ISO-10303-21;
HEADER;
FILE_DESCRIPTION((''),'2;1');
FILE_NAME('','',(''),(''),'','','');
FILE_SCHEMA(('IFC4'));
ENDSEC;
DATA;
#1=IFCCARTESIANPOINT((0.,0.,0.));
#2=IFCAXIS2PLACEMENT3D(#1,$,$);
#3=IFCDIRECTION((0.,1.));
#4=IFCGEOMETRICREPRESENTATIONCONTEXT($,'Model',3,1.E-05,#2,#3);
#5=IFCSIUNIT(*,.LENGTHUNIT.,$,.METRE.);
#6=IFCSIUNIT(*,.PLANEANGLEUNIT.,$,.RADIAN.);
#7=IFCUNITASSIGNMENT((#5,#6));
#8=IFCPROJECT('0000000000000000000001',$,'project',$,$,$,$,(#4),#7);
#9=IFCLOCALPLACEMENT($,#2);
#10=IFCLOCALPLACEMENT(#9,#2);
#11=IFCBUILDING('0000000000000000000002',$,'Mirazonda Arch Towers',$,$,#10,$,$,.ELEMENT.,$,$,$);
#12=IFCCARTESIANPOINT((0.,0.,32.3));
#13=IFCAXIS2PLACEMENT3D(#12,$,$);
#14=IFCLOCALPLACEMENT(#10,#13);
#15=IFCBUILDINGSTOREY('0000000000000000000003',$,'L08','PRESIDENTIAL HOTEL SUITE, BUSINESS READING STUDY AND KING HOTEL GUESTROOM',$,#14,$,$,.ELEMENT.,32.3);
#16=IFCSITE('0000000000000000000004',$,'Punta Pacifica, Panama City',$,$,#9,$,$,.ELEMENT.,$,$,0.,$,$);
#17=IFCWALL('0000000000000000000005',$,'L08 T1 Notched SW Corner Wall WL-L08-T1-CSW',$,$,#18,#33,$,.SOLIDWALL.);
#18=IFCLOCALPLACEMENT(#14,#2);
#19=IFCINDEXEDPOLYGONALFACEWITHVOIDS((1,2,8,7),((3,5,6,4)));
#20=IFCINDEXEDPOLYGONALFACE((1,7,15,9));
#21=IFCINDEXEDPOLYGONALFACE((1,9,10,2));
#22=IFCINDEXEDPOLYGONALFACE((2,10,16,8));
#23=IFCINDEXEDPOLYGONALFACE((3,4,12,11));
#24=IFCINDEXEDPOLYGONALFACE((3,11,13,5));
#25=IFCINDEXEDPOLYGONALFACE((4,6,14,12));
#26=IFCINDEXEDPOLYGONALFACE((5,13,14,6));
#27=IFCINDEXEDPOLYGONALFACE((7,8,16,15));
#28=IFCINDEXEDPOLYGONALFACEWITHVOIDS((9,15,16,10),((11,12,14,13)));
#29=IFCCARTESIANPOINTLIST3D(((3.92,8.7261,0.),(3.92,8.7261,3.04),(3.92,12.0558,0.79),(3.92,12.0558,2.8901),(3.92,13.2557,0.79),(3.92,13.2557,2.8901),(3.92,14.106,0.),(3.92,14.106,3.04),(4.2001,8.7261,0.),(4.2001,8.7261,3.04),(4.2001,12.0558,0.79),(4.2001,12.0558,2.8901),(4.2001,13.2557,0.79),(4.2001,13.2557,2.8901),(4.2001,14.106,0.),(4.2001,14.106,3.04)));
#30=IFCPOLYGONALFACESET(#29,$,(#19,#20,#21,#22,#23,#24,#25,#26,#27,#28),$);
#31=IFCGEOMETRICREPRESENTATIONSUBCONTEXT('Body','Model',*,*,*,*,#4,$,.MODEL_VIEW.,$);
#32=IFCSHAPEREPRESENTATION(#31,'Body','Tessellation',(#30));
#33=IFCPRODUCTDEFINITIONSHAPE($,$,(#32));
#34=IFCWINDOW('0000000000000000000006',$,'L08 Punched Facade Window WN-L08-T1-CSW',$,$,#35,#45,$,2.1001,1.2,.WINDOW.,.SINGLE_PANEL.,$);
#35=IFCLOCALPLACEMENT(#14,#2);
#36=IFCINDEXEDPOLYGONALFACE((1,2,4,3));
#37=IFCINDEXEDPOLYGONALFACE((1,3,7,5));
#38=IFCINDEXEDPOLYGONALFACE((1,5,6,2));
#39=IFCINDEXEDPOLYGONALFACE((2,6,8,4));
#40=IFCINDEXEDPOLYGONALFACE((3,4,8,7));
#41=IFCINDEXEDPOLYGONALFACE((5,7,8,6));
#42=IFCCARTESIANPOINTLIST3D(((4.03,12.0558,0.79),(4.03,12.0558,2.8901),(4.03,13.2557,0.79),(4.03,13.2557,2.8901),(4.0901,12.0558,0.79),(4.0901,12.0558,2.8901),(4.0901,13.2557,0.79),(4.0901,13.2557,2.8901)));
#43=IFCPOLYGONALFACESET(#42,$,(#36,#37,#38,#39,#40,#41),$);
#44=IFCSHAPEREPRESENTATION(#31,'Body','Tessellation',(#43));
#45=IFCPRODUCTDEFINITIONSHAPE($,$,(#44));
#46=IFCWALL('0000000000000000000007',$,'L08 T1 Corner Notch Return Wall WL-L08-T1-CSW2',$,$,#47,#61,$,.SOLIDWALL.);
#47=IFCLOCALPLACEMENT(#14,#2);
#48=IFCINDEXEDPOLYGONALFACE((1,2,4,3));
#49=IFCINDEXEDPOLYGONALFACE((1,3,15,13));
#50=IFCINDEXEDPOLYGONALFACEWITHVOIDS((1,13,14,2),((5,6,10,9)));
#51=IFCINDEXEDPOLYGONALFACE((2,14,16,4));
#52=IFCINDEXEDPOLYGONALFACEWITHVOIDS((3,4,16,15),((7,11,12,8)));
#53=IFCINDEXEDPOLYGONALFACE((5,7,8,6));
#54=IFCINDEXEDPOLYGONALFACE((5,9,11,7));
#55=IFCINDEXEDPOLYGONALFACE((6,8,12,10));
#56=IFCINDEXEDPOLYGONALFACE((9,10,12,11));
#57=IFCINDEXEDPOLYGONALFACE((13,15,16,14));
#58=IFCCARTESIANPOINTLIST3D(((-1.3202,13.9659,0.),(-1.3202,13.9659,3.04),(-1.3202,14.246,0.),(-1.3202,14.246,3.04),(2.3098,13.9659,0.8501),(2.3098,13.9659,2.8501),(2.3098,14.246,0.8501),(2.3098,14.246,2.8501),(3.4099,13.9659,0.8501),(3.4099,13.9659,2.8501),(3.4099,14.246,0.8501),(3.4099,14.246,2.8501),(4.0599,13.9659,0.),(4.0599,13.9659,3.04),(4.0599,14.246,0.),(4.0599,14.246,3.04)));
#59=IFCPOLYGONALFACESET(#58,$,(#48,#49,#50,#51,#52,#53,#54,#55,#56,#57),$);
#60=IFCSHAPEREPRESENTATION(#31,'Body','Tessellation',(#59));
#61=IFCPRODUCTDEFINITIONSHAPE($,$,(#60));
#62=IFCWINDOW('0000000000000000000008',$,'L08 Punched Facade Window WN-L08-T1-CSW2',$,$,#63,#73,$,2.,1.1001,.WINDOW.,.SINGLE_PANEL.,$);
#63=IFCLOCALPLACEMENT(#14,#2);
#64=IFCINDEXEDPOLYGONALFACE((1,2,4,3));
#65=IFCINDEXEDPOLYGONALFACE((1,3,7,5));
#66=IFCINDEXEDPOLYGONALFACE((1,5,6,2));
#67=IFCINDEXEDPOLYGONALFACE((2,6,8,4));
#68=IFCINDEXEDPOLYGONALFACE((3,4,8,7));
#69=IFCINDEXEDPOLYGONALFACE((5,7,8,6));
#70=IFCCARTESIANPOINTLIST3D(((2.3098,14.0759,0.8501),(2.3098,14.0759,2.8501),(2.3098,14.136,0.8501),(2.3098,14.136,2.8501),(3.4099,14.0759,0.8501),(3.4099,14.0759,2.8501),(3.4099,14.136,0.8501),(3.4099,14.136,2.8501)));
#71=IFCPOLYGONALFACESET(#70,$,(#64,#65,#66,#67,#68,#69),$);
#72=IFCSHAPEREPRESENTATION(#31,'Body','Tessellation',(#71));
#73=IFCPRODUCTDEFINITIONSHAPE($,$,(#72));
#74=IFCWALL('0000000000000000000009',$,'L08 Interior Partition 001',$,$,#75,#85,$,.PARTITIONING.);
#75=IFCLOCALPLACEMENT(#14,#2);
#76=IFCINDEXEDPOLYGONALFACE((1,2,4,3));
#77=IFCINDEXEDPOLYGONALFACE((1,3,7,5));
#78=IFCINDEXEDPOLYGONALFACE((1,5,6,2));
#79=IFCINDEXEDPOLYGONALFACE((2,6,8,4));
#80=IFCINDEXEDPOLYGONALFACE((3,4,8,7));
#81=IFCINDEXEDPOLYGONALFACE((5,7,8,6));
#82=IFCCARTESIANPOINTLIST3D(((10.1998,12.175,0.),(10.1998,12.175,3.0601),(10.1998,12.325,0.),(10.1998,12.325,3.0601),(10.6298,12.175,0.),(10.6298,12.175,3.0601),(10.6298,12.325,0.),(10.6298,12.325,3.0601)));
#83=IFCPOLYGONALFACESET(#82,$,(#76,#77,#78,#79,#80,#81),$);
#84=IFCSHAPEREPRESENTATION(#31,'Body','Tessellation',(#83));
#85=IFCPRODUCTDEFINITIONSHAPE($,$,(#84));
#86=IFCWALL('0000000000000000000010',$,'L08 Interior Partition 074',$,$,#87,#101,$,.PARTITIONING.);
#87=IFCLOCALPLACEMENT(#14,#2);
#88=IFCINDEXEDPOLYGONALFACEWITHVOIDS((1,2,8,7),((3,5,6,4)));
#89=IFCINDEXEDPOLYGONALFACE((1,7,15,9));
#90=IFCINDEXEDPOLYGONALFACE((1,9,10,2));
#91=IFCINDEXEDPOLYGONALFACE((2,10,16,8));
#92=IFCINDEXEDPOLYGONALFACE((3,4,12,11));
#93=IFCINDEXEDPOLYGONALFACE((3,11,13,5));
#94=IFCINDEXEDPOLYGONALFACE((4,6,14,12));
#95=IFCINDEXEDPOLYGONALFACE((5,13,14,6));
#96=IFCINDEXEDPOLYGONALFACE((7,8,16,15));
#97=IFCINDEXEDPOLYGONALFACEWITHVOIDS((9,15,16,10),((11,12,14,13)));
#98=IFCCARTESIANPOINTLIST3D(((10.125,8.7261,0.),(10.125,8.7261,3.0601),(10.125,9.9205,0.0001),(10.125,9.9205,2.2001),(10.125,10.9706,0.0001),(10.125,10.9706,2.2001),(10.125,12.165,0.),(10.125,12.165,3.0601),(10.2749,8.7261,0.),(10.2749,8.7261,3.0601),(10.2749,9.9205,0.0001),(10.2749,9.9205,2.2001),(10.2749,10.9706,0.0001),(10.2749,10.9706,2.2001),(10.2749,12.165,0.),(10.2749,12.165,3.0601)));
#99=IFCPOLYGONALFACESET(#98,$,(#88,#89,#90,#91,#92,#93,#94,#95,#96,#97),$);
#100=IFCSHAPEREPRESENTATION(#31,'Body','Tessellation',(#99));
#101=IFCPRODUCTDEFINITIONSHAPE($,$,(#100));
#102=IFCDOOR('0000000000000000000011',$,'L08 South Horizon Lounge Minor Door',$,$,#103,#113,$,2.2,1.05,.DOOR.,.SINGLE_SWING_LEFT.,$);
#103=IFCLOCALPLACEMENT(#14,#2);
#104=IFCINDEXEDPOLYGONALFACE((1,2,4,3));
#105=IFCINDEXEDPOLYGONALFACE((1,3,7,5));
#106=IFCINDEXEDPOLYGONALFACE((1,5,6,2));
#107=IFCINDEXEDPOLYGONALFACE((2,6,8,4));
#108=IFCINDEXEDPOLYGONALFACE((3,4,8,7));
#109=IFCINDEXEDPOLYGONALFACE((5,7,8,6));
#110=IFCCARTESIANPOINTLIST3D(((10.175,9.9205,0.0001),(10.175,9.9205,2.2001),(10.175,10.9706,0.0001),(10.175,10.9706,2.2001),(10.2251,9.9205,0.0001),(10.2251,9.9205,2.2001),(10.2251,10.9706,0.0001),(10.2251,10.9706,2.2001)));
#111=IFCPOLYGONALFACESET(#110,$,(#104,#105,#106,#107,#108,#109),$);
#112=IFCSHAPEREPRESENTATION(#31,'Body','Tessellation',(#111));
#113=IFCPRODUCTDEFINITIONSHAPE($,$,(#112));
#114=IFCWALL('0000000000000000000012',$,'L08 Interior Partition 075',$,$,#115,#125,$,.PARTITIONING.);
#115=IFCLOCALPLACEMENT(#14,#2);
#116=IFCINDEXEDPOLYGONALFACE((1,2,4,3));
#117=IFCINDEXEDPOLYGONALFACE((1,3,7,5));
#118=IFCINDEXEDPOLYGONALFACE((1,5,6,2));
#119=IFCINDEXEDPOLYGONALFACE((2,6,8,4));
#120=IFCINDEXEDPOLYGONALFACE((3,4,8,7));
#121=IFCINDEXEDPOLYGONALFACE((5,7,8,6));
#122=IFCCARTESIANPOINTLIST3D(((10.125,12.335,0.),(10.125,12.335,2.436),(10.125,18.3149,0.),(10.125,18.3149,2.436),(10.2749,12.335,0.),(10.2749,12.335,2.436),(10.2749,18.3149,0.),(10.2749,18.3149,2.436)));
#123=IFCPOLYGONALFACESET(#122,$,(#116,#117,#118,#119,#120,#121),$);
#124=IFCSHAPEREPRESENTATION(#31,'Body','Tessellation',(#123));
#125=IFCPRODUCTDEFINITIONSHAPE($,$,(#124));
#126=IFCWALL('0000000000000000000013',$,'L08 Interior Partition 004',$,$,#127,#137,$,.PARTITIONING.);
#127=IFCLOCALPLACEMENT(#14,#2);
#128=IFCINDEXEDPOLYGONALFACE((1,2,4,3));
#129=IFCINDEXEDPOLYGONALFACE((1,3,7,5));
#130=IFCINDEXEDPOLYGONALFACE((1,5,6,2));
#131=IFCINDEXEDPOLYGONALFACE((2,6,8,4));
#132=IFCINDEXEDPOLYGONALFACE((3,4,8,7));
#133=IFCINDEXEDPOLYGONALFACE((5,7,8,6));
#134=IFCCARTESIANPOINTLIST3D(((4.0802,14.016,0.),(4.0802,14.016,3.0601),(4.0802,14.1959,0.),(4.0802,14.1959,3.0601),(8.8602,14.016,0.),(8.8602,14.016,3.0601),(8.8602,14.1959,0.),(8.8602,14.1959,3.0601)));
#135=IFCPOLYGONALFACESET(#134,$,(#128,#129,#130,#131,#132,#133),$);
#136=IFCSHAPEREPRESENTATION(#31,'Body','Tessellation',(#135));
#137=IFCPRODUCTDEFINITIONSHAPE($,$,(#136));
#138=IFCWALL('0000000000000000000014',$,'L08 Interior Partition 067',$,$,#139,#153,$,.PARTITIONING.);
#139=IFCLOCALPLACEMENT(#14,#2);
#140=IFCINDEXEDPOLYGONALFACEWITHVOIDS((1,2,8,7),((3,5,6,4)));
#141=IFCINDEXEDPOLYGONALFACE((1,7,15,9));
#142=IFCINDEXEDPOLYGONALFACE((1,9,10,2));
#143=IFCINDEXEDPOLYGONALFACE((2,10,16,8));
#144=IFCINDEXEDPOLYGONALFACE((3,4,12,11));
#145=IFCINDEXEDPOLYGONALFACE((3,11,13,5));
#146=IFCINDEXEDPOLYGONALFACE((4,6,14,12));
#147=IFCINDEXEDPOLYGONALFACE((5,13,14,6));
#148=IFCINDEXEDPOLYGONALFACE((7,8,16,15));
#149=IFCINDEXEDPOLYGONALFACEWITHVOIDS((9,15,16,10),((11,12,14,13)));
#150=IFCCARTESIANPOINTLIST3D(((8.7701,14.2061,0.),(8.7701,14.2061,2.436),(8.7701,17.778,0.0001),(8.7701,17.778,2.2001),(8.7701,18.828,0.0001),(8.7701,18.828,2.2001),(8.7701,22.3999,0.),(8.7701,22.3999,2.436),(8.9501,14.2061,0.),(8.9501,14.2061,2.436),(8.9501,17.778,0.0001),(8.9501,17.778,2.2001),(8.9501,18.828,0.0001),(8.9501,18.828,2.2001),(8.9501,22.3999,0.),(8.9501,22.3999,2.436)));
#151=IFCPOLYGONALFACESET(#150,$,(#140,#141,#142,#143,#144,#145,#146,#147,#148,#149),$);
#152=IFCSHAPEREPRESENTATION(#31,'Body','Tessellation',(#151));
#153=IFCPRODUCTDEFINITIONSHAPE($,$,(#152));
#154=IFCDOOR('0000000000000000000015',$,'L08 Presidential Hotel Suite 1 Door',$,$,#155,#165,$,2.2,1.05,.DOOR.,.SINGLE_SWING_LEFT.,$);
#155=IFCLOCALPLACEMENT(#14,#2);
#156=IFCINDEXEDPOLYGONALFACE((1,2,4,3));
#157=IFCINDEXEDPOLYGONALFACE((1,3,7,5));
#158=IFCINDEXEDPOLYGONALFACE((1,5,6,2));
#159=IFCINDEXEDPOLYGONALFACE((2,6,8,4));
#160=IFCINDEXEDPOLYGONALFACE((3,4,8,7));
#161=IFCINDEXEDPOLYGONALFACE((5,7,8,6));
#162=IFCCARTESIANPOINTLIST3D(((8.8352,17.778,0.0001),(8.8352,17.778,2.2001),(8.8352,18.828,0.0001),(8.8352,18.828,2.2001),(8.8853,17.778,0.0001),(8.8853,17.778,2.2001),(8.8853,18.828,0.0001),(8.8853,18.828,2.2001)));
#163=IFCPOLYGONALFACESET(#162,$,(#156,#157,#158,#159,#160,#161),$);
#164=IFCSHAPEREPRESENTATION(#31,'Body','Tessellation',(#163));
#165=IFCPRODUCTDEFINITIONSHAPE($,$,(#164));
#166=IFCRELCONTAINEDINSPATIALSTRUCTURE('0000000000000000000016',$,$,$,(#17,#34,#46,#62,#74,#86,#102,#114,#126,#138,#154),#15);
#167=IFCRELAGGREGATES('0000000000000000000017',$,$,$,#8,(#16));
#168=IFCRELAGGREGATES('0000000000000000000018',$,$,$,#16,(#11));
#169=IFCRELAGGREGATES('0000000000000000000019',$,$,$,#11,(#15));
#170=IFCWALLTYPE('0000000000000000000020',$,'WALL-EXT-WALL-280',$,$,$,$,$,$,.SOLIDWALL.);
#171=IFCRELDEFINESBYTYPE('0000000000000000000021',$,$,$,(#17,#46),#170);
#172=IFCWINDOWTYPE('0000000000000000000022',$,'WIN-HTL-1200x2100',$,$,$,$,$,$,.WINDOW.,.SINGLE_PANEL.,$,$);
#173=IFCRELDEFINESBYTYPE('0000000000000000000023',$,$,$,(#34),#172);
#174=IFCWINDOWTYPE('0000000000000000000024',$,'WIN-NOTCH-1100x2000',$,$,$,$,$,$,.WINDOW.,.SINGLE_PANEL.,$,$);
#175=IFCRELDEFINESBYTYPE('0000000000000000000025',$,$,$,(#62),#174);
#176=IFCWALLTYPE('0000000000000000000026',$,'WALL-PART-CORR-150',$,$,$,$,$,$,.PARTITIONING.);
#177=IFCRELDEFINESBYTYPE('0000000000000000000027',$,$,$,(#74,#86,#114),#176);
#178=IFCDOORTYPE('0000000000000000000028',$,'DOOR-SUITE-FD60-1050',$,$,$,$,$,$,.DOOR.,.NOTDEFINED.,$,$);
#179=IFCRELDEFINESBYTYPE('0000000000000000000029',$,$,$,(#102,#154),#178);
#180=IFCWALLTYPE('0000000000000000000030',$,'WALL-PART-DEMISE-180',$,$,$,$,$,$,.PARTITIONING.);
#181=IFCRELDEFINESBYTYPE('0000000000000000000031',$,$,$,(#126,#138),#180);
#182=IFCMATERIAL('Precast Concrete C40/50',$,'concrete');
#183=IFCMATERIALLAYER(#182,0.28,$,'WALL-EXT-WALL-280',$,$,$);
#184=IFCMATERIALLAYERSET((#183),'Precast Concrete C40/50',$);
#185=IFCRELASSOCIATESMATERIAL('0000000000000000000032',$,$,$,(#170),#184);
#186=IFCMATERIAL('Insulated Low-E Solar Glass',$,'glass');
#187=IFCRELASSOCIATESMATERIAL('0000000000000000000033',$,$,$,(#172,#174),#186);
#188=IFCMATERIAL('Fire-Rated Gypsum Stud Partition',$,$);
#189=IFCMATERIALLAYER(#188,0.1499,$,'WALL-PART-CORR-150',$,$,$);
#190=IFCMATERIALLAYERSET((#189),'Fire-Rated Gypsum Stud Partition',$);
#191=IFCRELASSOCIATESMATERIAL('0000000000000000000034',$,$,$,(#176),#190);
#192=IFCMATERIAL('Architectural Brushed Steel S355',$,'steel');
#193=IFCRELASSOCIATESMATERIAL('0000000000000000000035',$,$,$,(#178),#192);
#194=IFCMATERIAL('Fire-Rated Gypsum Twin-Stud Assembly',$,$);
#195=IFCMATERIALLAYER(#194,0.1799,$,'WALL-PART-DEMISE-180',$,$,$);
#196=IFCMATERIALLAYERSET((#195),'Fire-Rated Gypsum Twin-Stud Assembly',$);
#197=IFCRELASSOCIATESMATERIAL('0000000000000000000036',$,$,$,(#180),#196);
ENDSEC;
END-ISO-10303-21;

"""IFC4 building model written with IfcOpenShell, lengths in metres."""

from ifc_helpers import new_model, si_unit, direction, frame, frame_2d, origin, place, context, subcontext, project, spatial, rectangle, extrude, material, layer, layer_set, type_object, element, fill, save


model = new_model("IFC4")

# Units and contexts
model_context = context("Model", 3, precision=1e-05, world=origin(), true_north=direction((0.0, 1.0)))
body_context = subcontext(model_context, "Body", "Model", "MODEL_VIEW")
ifc_project = project(units=[si_unit("LENGTHUNIT", "METRE"), si_unit("PLANEANGLEUNIT", "RADIAN")], contexts=[model_context])

# Site, building, storey
site_placement = place(None, origin())
site = spatial("IfcSite", under=ifc_project, at=site_placement, Name="Punta Pacifica, Panama City", CompositionType="ELEMENT", RefElevation=0.0)
building_placement = place(site_placement, origin())
building = spatial("IfcBuilding", under=site, at=building_placement, Name="Mirazonda Arch Towers", CompositionType="ELEMENT")
storey_placement = place(building_placement, frame((0.0, 0.0, 32.3)))
storey = spatial("IfcBuildingStorey", under=building, at=storey_placement, Name="L08", Description="PRESIDENTIAL HOTEL SUITE, BUSINESS READING STUDY AND KING HOTEL GUESTROOM", CompositionType="ELEMENT", Elevation=32.3)

# Shared definitions
ifc_material_1 = material(Name="Insulated Low-E Solar Glass", Category="glass")

# Walls, openings, windows
ifc_material_2 = material(Name="Precast Concrete C40/50", Category="concrete")
ifc_layer_1 = layer(ifc_material_2, 0.28, Name="WALL-EXT-WALL-280")
ifc_layer_set_1 = layer_set([ifc_layer_1], Name="Precast Concrete C40/50")
wall_type_1 = type_object("IfcWallType", Name="WALL-EXT-WALL-280", PredefinedType="SOLIDWALL", material=ifc_layer_set_1)
wall_1_placement = place(storey_placement, frame((4.0601, 14.106, 0.0), z_axis=(0.0, 0.0, 1.0), x_axis=(0.0, -1.0, 0.0)))
wall_1 = element("IfcWall", 1, at=wall_1_placement, inside=storey, type_object=wall_type_1, Name="L08 T1 Notched SW Corner Wall WL-L08-T1-CSW", PredefinedType="SOLIDWALL", context=body_context, shape_type="SweptSolid", body=[
    extrude(rectangle(XDim=5.3799, YDim=0.28, at=frame_2d((2.6899, 0.0))), origin(), (0.0, 0.0, 1.0), 3.04),
])
opening_1_placement = place(wall_1_placement, frame((0.8501, 0.0, 0.79)))
opening_1 = element("IfcOpeningElement", 2, at=opening_1_placement, cuts=wall_1, PredefinedType="OPENING", context=body_context, shape_type="SweptSolid", body=[
    extrude(rectangle(XDim=1.2, YDim=2.1001, at=frame_2d((0.6001, 1.05))), frame((0.0, 0.1499, 0.0), z_axis=(0.0, -1.0, 0.0), x_axis=(1.0, 0.0, 0.0)), (0.0, 0.0, 1.0), 0.3),
])
window_type_1 = type_object("IfcWindowType", Name="WIN-HTL-1200x2100", PartitioningType="SINGLE_PANEL", PredefinedType="WINDOW", material=ifc_material_1)
window_1_placement = place(opening_1_placement, origin())
window_1 = element("IfcWindow", 3, at=window_1_placement, inside=storey, type_object=window_type_1, Name="L08 Punched Facade Window WN-L08-T1-CSW", OverallHeight=2.1001, OverallWidth=1.2, PartitioningType="SINGLE_PANEL", PredefinedType="WINDOW", context=body_context, shape_type="SweptSolid", body=[
    extrude(rectangle(XDim=1.2, YDim=2.1001, at=frame_2d((0.6001, 1.05))), frame((0.0, 0.03, 0.0), z_axis=(0.0, -1.0, 0.0), x_axis=(1.0, 0.0, 0.0)), (0.0, 0.0, 1.0), 0.0601),
])
fill(opening_1, window_1)
wall_2_placement = place(storey_placement, frame((-1.3201, 14.106, 0.0), z_axis=(0.0, 0.0, 1.0), x_axis=(1.0, 0.0, 0.0)))
wall_2 = element("IfcWall", 4, at=wall_2_placement, inside=storey, type_object=wall_type_1, Name="L08 T1 Corner Notch Return Wall WL-L08-T1-CSW2", PredefinedType="SOLIDWALL", context=body_context, shape_type="SweptSolid", body=[
    extrude(rectangle(XDim=5.3801, YDim=0.28, at=frame_2d((2.6899, 0.0))), origin(), (0.0, 0.0, 1.0), 3.04),
])
opening_2_placement = place(wall_2_placement, frame((3.6299, 0.0, 0.8501)))
opening_2 = element("IfcOpeningElement", 5, at=opening_2_placement, cuts=wall_2, PredefinedType="OPENING", context=body_context, shape_type="SweptSolid", body=[
    extrude(rectangle(XDim=1.1001, YDim=2.0, at=frame_2d((0.55, 1.0))), frame((0.0, 0.1499, 0.0), z_axis=(0.0, -1.0, 0.0), x_axis=(1.0, 0.0, 0.0)), (0.0, 0.0, 1.0), 0.3),
])
window_type_2 = type_object("IfcWindowType", Name="WIN-NOTCH-1100x2000", PartitioningType="SINGLE_PANEL", PredefinedType="WINDOW", material=ifc_material_1)
window_2_placement = place(opening_2_placement, origin())
window_2 = element("IfcWindow", 6, at=window_2_placement, inside=storey, type_object=window_type_2, Name="L08 Punched Facade Window WN-L08-T1-CSW2", OverallHeight=2.0, OverallWidth=1.1001, PartitioningType="SINGLE_PANEL", PredefinedType="WINDOW", context=body_context, shape_type="SweptSolid", body=[
    extrude(rectangle(XDim=1.1001, YDim=2.0, at=frame_2d((0.55, 1.0))), frame((0.0, 0.03, 0.0), z_axis=(0.0, -1.0, 0.0), x_axis=(1.0, 0.0, 0.0)), (0.0, 0.0, 1.0), 0.0601),
])
fill(opening_2, window_2)

# Wall
ifc_material_3 = material(Name="Fire-Rated Gypsum Stud Partition")
ifc_layer_2 = layer(ifc_material_3, 0.1499, Name="WALL-PART-CORR-150")
ifc_layer_set_2 = layer_set([ifc_layer_2], Name="Fire-Rated Gypsum Stud Partition")
wall_type_2 = type_object("IfcWallType", Name="WALL-PART-CORR-150", PredefinedType="PARTITIONING", material=ifc_layer_set_2)
wall_3_placement = place(storey_placement, frame((10.2, 12.25, 0.0), z_axis=(0.0, 0.0, 1.0), x_axis=(1.0, 0.0, 0.0)))
element("IfcWall", 7, at=wall_3_placement, inside=storey, type_object=wall_type_2, Name="L08 Interior Partition 001", PredefinedType="PARTITIONING", context=body_context, shape_type="SweptSolid", body=[
    extrude(rectangle(XDim=0.4299, YDim=0.1499, at=frame_2d((0.2148, 0.0))), origin(), (0.0, 0.0, 1.0), 3.0601),
])

# Wall, opening, door
wall_4_placement = place(storey_placement, frame((10.2, 8.7261, 0.0), z_axis=(0.0, 0.0, 1.0), x_axis=(0.0, 1.0, 0.0)))
wall_4 = element("IfcWall", 8, at=wall_4_placement, inside=storey, type_object=wall_type_2, Name="L08 Interior Partition 074", PredefinedType="PARTITIONING", context=body_context, shape_type="SweptSolid", body=[
    extrude(rectangle(XDim=3.439, YDim=0.1499, at=frame_2d((1.7195, 0.0))), origin(), (0.0, 0.0, 1.0), 3.0601),
])
opening_3_placement = place(wall_4_placement, frame((1.1946, 0.0, 0.0)))
opening_3 = element("IfcOpeningElement", 9, at=opening_3_placement, cuts=wall_4, PredefinedType="OPENING", context=body_context, shape_type="SweptSolid", body=[
    extrude(rectangle(XDim=1.05, YDim=2.2, at=frame_2d((0.5249, 1.1001))), frame((0.0, 0.085, 0.0), z_axis=(0.0, -1.0, 0.0), x_axis=(1.0, 0.0, 0.0)), (0.0, 0.0, 1.0), 0.1699),
])
ifc_material_4 = material(Name="Architectural Brushed Steel S355", Category="steel")
door_type_1 = type_object("IfcDoorType", Name="DOOR-SUITE-FD60-1050", OperationType="NOTDEFINED", PredefinedType="DOOR", material=ifc_material_4)
door_1_placement = place(opening_3_placement, origin())
door_1 = element("IfcDoor", 10, at=door_1_placement, inside=storey, type_object=door_type_1, Name="L08 South Horizon Lounge Minor Door", OperationType="SINGLE_SWING_LEFT", OverallHeight=2.2, OverallWidth=1.05, PredefinedType="DOOR", context=body_context, shape_type="SweptSolid", body=[
    extrude(rectangle(XDim=1.05, YDim=2.2, at=frame_2d((0.5249, 1.1001))), frame((0.0, 0.0249, 0.0), z_axis=(0.0, -1.0, 0.0), x_axis=(1.0, 0.0, 0.0)), (0.0, 0.0, 1.0), 0.05),
])
fill(opening_3, door_1)

# Walls
wall_5_placement = place(storey_placement, frame((10.2, 12.335, 0.0), z_axis=(0.0, 0.0, 1.0), x_axis=(0.0, 1.0, 0.0)))
element("IfcWall", 11, at=wall_5_placement, inside=storey, type_object=wall_type_2, Name="L08 Interior Partition 075", PredefinedType="PARTITIONING", context=body_context, shape_type="SweptSolid", body=[
    extrude(rectangle(XDim=5.98, YDim=0.1499, at=frame_2d((2.99, 0.0))), origin(), (0.0, 0.0, 1.0), 2.436),
])
ifc_material_5 = material(Name="Fire-Rated Gypsum Twin-Stud Assembly")
ifc_layer_3 = layer(ifc_material_5, 0.1799, Name="WALL-PART-DEMISE-180")
ifc_layer_set_3 = layer_set([ifc_layer_3], Name="Fire-Rated Gypsum Twin-Stud Assembly")
wall_type_3 = type_object("IfcWallType", Name="WALL-PART-DEMISE-180", PredefinedType="PARTITIONING", material=ifc_layer_set_3)
wall_6_placement = place(storey_placement, frame((4.0801, 14.106, 0.0), z_axis=(0.0, 0.0, 1.0), x_axis=(1.0, 0.0, 0.0)))
element("IfcWall", 12, at=wall_6_placement, inside=storey, type_object=wall_type_3, Name="L08 Interior Partition 004", PredefinedType="PARTITIONING", context=body_context, shape_type="SweptSolid", body=[
    extrude(rectangle(XDim=4.78, YDim=0.1799, at=frame_2d((2.3901, 0.0))), origin(), (0.0, 0.0, 1.0), 3.0601),
])

# Wall, opening, door
wall_7_placement = place(storey_placement, frame((8.8601, 14.2061, 0.0), z_axis=(0.0, 0.0, 1.0), x_axis=(0.0, 1.0, 0.0)))
wall_7 = element("IfcWall", 13, at=wall_7_placement, inside=storey, type_object=wall_type_3, Name="L08 Interior Partition 067", PredefinedType="PARTITIONING", context=body_context, shape_type="SweptSolid", body=[
    extrude(rectangle(XDim=8.1938, YDim=0.1799, at=frame_2d((4.0969, 0.0))), origin(), (0.0, 0.0, 1.0), 2.436),
])
opening_4_placement = place(wall_7_placement, frame((3.572, 0.0, 0.0)))
opening_4 = element("IfcOpeningElement", 14, at=opening_4_placement, cuts=wall_7, PredefinedType="OPENING", context=body_context, shape_type="SweptSolid", body=[
    extrude(rectangle(XDim=1.05, YDim=2.2, at=frame_2d((0.5249, 1.1001))), frame((0.0, 0.0999, 0.0), z_axis=(0.0, -1.0, 0.0), x_axis=(1.0, 0.0, 0.0)), (0.0, 0.0, 1.0), 0.2),
])
door_2_placement = place(opening_4_placement, origin())
door_2 = element("IfcDoor", 15, at=door_2_placement, inside=storey, type_object=door_type_1, Name="L08 Presidential Hotel Suite 1 Door", OperationType="SINGLE_SWING_LEFT", OverallHeight=2.2, OverallWidth=1.05, PredefinedType="DOOR", context=body_context, shape_type="SweptSolid", body=[
    extrude(rectangle(XDim=1.05, YDim=2.2, at=frame_2d((0.5249, 1.1001))), frame((0.0, 0.0249, 0.0), z_axis=(0.0, -1.0, 0.0), x_axis=(1.0, 0.0, 0.0)), (0.0, 0.0, 1.0), 0.05),
])
fill(opening_4, door_2)

save(model, "model.ifc")
